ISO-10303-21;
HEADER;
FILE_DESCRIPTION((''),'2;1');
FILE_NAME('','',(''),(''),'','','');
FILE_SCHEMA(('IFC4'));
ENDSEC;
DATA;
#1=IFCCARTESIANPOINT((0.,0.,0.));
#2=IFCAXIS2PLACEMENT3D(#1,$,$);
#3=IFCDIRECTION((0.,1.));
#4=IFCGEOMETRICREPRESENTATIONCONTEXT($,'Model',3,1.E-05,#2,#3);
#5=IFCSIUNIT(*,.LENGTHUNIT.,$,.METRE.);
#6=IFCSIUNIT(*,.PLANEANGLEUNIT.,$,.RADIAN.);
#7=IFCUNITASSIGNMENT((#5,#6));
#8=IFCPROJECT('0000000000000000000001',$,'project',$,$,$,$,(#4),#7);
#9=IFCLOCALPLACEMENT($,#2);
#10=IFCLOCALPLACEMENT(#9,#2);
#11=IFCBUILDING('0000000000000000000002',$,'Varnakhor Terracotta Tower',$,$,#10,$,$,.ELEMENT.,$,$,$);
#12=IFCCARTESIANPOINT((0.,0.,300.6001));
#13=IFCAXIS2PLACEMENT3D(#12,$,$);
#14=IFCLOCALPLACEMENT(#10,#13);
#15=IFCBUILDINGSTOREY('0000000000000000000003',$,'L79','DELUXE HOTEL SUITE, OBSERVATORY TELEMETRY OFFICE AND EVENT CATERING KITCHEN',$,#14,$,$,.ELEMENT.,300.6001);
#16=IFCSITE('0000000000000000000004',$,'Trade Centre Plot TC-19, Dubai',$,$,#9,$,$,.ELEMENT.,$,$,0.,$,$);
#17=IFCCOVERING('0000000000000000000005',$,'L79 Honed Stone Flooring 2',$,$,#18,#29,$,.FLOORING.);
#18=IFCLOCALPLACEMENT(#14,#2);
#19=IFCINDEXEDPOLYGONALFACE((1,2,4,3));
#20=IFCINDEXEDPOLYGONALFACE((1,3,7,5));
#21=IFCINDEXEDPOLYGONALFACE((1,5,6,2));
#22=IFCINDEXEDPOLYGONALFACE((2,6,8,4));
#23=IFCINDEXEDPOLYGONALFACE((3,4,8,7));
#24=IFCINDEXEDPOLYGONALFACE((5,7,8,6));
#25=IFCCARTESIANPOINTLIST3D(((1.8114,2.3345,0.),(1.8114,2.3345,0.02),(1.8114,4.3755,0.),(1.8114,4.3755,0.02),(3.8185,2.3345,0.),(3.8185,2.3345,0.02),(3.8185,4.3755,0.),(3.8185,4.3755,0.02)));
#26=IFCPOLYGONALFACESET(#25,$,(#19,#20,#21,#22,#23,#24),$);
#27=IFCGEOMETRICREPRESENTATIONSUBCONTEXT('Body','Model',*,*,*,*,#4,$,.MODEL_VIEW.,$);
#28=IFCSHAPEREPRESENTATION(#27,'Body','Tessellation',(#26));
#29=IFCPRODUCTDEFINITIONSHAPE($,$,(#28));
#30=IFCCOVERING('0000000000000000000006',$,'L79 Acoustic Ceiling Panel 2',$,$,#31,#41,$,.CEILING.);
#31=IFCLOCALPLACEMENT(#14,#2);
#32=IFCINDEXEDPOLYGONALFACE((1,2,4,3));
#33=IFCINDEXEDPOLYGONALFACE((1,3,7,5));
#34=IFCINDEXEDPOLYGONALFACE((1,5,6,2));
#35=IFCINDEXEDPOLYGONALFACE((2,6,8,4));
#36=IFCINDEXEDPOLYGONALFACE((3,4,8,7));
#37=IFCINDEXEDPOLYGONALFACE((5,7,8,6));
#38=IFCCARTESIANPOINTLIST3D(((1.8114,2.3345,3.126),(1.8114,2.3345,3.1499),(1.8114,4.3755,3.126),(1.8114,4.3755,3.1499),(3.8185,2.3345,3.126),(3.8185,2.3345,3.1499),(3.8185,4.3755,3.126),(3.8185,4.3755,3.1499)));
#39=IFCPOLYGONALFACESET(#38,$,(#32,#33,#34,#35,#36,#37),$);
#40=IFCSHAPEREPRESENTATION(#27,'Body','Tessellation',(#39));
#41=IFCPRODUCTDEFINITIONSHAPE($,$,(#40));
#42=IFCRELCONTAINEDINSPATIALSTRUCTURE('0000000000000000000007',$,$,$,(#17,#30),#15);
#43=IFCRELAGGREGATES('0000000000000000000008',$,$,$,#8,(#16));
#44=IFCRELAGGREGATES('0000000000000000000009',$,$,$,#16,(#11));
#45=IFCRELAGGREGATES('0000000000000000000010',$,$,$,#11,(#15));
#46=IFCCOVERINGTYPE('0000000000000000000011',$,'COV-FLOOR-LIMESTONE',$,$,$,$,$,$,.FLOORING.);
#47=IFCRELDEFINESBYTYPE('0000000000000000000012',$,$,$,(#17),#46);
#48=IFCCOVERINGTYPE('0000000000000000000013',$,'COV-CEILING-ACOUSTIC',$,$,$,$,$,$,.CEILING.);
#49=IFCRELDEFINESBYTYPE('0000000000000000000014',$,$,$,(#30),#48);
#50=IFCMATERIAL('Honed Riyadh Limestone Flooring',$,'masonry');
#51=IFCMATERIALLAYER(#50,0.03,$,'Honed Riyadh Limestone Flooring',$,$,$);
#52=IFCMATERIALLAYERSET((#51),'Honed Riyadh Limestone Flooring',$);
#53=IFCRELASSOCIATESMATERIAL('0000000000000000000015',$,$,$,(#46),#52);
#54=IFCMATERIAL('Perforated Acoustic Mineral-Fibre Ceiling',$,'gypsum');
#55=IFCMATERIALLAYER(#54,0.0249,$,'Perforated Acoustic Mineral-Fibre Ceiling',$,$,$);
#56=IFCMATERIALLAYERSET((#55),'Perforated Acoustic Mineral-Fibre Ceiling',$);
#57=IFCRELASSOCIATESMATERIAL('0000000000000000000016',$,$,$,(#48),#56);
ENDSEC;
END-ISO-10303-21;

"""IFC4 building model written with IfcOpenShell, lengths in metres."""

from ifc_helpers import new_model, si_unit, direction, frame, origin, origin_2d, place, context, subcontext, project, spatial, rectangle, extrude, source, transform, mapped, material, layer, layer_set, type_object, element, save


model = new_model("IFC4")

# Units and contexts
model_context = context("Model", 3, precision=1e-05, world=origin(), true_north=direction((0.0, 1.0)))
body_context = subcontext(model_context, "Body", "Model", "MODEL_VIEW")
ifc_project = project(units=[si_unit("LENGTHUNIT", "METRE"), si_unit("PLANEANGLEUNIT", "RADIAN")], contexts=[model_context])

# Site, building, storey
site_placement = place(None, origin())
site = spatial("IfcSite", under=ifc_project, at=site_placement, Name="Trade Centre Plot TC-19, Dubai", CompositionType="ELEMENT", RefElevation=0.0)
building_placement = place(site_placement, origin())
building = spatial("IfcBuilding", under=site, at=building_placement, Name="Varnakhor Terracotta Tower", CompositionType="ELEMENT")
storey_placement = place(building_placement, frame((0.0, 0.0, 300.6001)))
storey = spatial("IfcBuildingStorey", under=building, at=storey_placement, Name="L79", Description="DELUXE HOTEL SUITE, OBSERVATORY TELEMETRY OFFICE AND EVENT CATERING KITCHEN", CompositionType="ELEMENT", Elevation=300.6001)

# Coverings
ifc_material_1 = material(Name="Honed Riyadh Limestone Flooring", Category="masonry")
ifc_layer_1 = layer(ifc_material_1, 0.03, Name="Honed Riyadh Limestone Flooring")
ifc_layer_set_1 = layer_set([ifc_layer_1], Name="Honed Riyadh Limestone Flooring")
covering_type_1 = type_object("IfcCoveringType", Name="COV-FLOOR-LIMESTONE", PredefinedType="FLOORING", material=ifc_layer_set_1)
shared_shape_1 = source(origin(), body_context, "Body", "SweptSolid", [
    extrude(rectangle(XDim=2.0071, YDim=2.041, at=origin_2d()), origin(), (0.0, 0.0, 1.0), 0.02),
])
covering_1_placement = place(storey_placement, frame((2.8149, 3.355, 0.0), z_axis=(0.0, 0.0, 1.0), x_axis=(1.0, 0.0, 0.0)))
element("IfcCovering", 1, at=covering_1_placement, inside=storey, type_object=covering_type_1, Name="L79 Honed Stone Flooring 2", PredefinedType="FLOORING", context=body_context, shape_type="MappedRepresentation", body=[
    mapped(shared_shape_1, transform((0.0, 0.0, 0.0), scale=1.0)),
])
ifc_material_2 = material(Name="Perforated Acoustic Mineral-Fibre Ceiling", Category="gypsum")
ifc_layer_2 = layer(ifc_material_2, 0.0249, Name="Perforated Acoustic Mineral-Fibre Ceiling")
ifc_layer_set_2 = layer_set([ifc_layer_2], Name="Perforated Acoustic Mineral-Fibre Ceiling")
covering_type_2 = type_object("IfcCoveringType", Name="COV-CEILING-ACOUSTIC", PredefinedType="CEILING", material=ifc_layer_set_2)
shared_shape_2 = source(origin(), body_context, "Body", "SweptSolid", [
    extrude(rectangle(XDim=2.0071, YDim=2.041, at=origin_2d()), origin(), (0.0, 0.0, 1.0), 0.0239),
])
covering_2_placement = place(storey_placement, frame((2.8149, 3.355, 3.126), z_axis=(0.0, 0.0, 1.0), x_axis=(1.0, 0.0, 0.0)))
element("IfcCovering", 2, at=covering_2_placement, inside=storey, type_object=covering_type_2, Name="L79 Acoustic Ceiling Panel 2", PredefinedType="CEILING", context=body_context, shape_type="MappedRepresentation", body=[
    mapped(shared_shape_2, transform((0.0, 0.0, 0.0), scale=1.0)),
])

save(model, "model.ifc")
